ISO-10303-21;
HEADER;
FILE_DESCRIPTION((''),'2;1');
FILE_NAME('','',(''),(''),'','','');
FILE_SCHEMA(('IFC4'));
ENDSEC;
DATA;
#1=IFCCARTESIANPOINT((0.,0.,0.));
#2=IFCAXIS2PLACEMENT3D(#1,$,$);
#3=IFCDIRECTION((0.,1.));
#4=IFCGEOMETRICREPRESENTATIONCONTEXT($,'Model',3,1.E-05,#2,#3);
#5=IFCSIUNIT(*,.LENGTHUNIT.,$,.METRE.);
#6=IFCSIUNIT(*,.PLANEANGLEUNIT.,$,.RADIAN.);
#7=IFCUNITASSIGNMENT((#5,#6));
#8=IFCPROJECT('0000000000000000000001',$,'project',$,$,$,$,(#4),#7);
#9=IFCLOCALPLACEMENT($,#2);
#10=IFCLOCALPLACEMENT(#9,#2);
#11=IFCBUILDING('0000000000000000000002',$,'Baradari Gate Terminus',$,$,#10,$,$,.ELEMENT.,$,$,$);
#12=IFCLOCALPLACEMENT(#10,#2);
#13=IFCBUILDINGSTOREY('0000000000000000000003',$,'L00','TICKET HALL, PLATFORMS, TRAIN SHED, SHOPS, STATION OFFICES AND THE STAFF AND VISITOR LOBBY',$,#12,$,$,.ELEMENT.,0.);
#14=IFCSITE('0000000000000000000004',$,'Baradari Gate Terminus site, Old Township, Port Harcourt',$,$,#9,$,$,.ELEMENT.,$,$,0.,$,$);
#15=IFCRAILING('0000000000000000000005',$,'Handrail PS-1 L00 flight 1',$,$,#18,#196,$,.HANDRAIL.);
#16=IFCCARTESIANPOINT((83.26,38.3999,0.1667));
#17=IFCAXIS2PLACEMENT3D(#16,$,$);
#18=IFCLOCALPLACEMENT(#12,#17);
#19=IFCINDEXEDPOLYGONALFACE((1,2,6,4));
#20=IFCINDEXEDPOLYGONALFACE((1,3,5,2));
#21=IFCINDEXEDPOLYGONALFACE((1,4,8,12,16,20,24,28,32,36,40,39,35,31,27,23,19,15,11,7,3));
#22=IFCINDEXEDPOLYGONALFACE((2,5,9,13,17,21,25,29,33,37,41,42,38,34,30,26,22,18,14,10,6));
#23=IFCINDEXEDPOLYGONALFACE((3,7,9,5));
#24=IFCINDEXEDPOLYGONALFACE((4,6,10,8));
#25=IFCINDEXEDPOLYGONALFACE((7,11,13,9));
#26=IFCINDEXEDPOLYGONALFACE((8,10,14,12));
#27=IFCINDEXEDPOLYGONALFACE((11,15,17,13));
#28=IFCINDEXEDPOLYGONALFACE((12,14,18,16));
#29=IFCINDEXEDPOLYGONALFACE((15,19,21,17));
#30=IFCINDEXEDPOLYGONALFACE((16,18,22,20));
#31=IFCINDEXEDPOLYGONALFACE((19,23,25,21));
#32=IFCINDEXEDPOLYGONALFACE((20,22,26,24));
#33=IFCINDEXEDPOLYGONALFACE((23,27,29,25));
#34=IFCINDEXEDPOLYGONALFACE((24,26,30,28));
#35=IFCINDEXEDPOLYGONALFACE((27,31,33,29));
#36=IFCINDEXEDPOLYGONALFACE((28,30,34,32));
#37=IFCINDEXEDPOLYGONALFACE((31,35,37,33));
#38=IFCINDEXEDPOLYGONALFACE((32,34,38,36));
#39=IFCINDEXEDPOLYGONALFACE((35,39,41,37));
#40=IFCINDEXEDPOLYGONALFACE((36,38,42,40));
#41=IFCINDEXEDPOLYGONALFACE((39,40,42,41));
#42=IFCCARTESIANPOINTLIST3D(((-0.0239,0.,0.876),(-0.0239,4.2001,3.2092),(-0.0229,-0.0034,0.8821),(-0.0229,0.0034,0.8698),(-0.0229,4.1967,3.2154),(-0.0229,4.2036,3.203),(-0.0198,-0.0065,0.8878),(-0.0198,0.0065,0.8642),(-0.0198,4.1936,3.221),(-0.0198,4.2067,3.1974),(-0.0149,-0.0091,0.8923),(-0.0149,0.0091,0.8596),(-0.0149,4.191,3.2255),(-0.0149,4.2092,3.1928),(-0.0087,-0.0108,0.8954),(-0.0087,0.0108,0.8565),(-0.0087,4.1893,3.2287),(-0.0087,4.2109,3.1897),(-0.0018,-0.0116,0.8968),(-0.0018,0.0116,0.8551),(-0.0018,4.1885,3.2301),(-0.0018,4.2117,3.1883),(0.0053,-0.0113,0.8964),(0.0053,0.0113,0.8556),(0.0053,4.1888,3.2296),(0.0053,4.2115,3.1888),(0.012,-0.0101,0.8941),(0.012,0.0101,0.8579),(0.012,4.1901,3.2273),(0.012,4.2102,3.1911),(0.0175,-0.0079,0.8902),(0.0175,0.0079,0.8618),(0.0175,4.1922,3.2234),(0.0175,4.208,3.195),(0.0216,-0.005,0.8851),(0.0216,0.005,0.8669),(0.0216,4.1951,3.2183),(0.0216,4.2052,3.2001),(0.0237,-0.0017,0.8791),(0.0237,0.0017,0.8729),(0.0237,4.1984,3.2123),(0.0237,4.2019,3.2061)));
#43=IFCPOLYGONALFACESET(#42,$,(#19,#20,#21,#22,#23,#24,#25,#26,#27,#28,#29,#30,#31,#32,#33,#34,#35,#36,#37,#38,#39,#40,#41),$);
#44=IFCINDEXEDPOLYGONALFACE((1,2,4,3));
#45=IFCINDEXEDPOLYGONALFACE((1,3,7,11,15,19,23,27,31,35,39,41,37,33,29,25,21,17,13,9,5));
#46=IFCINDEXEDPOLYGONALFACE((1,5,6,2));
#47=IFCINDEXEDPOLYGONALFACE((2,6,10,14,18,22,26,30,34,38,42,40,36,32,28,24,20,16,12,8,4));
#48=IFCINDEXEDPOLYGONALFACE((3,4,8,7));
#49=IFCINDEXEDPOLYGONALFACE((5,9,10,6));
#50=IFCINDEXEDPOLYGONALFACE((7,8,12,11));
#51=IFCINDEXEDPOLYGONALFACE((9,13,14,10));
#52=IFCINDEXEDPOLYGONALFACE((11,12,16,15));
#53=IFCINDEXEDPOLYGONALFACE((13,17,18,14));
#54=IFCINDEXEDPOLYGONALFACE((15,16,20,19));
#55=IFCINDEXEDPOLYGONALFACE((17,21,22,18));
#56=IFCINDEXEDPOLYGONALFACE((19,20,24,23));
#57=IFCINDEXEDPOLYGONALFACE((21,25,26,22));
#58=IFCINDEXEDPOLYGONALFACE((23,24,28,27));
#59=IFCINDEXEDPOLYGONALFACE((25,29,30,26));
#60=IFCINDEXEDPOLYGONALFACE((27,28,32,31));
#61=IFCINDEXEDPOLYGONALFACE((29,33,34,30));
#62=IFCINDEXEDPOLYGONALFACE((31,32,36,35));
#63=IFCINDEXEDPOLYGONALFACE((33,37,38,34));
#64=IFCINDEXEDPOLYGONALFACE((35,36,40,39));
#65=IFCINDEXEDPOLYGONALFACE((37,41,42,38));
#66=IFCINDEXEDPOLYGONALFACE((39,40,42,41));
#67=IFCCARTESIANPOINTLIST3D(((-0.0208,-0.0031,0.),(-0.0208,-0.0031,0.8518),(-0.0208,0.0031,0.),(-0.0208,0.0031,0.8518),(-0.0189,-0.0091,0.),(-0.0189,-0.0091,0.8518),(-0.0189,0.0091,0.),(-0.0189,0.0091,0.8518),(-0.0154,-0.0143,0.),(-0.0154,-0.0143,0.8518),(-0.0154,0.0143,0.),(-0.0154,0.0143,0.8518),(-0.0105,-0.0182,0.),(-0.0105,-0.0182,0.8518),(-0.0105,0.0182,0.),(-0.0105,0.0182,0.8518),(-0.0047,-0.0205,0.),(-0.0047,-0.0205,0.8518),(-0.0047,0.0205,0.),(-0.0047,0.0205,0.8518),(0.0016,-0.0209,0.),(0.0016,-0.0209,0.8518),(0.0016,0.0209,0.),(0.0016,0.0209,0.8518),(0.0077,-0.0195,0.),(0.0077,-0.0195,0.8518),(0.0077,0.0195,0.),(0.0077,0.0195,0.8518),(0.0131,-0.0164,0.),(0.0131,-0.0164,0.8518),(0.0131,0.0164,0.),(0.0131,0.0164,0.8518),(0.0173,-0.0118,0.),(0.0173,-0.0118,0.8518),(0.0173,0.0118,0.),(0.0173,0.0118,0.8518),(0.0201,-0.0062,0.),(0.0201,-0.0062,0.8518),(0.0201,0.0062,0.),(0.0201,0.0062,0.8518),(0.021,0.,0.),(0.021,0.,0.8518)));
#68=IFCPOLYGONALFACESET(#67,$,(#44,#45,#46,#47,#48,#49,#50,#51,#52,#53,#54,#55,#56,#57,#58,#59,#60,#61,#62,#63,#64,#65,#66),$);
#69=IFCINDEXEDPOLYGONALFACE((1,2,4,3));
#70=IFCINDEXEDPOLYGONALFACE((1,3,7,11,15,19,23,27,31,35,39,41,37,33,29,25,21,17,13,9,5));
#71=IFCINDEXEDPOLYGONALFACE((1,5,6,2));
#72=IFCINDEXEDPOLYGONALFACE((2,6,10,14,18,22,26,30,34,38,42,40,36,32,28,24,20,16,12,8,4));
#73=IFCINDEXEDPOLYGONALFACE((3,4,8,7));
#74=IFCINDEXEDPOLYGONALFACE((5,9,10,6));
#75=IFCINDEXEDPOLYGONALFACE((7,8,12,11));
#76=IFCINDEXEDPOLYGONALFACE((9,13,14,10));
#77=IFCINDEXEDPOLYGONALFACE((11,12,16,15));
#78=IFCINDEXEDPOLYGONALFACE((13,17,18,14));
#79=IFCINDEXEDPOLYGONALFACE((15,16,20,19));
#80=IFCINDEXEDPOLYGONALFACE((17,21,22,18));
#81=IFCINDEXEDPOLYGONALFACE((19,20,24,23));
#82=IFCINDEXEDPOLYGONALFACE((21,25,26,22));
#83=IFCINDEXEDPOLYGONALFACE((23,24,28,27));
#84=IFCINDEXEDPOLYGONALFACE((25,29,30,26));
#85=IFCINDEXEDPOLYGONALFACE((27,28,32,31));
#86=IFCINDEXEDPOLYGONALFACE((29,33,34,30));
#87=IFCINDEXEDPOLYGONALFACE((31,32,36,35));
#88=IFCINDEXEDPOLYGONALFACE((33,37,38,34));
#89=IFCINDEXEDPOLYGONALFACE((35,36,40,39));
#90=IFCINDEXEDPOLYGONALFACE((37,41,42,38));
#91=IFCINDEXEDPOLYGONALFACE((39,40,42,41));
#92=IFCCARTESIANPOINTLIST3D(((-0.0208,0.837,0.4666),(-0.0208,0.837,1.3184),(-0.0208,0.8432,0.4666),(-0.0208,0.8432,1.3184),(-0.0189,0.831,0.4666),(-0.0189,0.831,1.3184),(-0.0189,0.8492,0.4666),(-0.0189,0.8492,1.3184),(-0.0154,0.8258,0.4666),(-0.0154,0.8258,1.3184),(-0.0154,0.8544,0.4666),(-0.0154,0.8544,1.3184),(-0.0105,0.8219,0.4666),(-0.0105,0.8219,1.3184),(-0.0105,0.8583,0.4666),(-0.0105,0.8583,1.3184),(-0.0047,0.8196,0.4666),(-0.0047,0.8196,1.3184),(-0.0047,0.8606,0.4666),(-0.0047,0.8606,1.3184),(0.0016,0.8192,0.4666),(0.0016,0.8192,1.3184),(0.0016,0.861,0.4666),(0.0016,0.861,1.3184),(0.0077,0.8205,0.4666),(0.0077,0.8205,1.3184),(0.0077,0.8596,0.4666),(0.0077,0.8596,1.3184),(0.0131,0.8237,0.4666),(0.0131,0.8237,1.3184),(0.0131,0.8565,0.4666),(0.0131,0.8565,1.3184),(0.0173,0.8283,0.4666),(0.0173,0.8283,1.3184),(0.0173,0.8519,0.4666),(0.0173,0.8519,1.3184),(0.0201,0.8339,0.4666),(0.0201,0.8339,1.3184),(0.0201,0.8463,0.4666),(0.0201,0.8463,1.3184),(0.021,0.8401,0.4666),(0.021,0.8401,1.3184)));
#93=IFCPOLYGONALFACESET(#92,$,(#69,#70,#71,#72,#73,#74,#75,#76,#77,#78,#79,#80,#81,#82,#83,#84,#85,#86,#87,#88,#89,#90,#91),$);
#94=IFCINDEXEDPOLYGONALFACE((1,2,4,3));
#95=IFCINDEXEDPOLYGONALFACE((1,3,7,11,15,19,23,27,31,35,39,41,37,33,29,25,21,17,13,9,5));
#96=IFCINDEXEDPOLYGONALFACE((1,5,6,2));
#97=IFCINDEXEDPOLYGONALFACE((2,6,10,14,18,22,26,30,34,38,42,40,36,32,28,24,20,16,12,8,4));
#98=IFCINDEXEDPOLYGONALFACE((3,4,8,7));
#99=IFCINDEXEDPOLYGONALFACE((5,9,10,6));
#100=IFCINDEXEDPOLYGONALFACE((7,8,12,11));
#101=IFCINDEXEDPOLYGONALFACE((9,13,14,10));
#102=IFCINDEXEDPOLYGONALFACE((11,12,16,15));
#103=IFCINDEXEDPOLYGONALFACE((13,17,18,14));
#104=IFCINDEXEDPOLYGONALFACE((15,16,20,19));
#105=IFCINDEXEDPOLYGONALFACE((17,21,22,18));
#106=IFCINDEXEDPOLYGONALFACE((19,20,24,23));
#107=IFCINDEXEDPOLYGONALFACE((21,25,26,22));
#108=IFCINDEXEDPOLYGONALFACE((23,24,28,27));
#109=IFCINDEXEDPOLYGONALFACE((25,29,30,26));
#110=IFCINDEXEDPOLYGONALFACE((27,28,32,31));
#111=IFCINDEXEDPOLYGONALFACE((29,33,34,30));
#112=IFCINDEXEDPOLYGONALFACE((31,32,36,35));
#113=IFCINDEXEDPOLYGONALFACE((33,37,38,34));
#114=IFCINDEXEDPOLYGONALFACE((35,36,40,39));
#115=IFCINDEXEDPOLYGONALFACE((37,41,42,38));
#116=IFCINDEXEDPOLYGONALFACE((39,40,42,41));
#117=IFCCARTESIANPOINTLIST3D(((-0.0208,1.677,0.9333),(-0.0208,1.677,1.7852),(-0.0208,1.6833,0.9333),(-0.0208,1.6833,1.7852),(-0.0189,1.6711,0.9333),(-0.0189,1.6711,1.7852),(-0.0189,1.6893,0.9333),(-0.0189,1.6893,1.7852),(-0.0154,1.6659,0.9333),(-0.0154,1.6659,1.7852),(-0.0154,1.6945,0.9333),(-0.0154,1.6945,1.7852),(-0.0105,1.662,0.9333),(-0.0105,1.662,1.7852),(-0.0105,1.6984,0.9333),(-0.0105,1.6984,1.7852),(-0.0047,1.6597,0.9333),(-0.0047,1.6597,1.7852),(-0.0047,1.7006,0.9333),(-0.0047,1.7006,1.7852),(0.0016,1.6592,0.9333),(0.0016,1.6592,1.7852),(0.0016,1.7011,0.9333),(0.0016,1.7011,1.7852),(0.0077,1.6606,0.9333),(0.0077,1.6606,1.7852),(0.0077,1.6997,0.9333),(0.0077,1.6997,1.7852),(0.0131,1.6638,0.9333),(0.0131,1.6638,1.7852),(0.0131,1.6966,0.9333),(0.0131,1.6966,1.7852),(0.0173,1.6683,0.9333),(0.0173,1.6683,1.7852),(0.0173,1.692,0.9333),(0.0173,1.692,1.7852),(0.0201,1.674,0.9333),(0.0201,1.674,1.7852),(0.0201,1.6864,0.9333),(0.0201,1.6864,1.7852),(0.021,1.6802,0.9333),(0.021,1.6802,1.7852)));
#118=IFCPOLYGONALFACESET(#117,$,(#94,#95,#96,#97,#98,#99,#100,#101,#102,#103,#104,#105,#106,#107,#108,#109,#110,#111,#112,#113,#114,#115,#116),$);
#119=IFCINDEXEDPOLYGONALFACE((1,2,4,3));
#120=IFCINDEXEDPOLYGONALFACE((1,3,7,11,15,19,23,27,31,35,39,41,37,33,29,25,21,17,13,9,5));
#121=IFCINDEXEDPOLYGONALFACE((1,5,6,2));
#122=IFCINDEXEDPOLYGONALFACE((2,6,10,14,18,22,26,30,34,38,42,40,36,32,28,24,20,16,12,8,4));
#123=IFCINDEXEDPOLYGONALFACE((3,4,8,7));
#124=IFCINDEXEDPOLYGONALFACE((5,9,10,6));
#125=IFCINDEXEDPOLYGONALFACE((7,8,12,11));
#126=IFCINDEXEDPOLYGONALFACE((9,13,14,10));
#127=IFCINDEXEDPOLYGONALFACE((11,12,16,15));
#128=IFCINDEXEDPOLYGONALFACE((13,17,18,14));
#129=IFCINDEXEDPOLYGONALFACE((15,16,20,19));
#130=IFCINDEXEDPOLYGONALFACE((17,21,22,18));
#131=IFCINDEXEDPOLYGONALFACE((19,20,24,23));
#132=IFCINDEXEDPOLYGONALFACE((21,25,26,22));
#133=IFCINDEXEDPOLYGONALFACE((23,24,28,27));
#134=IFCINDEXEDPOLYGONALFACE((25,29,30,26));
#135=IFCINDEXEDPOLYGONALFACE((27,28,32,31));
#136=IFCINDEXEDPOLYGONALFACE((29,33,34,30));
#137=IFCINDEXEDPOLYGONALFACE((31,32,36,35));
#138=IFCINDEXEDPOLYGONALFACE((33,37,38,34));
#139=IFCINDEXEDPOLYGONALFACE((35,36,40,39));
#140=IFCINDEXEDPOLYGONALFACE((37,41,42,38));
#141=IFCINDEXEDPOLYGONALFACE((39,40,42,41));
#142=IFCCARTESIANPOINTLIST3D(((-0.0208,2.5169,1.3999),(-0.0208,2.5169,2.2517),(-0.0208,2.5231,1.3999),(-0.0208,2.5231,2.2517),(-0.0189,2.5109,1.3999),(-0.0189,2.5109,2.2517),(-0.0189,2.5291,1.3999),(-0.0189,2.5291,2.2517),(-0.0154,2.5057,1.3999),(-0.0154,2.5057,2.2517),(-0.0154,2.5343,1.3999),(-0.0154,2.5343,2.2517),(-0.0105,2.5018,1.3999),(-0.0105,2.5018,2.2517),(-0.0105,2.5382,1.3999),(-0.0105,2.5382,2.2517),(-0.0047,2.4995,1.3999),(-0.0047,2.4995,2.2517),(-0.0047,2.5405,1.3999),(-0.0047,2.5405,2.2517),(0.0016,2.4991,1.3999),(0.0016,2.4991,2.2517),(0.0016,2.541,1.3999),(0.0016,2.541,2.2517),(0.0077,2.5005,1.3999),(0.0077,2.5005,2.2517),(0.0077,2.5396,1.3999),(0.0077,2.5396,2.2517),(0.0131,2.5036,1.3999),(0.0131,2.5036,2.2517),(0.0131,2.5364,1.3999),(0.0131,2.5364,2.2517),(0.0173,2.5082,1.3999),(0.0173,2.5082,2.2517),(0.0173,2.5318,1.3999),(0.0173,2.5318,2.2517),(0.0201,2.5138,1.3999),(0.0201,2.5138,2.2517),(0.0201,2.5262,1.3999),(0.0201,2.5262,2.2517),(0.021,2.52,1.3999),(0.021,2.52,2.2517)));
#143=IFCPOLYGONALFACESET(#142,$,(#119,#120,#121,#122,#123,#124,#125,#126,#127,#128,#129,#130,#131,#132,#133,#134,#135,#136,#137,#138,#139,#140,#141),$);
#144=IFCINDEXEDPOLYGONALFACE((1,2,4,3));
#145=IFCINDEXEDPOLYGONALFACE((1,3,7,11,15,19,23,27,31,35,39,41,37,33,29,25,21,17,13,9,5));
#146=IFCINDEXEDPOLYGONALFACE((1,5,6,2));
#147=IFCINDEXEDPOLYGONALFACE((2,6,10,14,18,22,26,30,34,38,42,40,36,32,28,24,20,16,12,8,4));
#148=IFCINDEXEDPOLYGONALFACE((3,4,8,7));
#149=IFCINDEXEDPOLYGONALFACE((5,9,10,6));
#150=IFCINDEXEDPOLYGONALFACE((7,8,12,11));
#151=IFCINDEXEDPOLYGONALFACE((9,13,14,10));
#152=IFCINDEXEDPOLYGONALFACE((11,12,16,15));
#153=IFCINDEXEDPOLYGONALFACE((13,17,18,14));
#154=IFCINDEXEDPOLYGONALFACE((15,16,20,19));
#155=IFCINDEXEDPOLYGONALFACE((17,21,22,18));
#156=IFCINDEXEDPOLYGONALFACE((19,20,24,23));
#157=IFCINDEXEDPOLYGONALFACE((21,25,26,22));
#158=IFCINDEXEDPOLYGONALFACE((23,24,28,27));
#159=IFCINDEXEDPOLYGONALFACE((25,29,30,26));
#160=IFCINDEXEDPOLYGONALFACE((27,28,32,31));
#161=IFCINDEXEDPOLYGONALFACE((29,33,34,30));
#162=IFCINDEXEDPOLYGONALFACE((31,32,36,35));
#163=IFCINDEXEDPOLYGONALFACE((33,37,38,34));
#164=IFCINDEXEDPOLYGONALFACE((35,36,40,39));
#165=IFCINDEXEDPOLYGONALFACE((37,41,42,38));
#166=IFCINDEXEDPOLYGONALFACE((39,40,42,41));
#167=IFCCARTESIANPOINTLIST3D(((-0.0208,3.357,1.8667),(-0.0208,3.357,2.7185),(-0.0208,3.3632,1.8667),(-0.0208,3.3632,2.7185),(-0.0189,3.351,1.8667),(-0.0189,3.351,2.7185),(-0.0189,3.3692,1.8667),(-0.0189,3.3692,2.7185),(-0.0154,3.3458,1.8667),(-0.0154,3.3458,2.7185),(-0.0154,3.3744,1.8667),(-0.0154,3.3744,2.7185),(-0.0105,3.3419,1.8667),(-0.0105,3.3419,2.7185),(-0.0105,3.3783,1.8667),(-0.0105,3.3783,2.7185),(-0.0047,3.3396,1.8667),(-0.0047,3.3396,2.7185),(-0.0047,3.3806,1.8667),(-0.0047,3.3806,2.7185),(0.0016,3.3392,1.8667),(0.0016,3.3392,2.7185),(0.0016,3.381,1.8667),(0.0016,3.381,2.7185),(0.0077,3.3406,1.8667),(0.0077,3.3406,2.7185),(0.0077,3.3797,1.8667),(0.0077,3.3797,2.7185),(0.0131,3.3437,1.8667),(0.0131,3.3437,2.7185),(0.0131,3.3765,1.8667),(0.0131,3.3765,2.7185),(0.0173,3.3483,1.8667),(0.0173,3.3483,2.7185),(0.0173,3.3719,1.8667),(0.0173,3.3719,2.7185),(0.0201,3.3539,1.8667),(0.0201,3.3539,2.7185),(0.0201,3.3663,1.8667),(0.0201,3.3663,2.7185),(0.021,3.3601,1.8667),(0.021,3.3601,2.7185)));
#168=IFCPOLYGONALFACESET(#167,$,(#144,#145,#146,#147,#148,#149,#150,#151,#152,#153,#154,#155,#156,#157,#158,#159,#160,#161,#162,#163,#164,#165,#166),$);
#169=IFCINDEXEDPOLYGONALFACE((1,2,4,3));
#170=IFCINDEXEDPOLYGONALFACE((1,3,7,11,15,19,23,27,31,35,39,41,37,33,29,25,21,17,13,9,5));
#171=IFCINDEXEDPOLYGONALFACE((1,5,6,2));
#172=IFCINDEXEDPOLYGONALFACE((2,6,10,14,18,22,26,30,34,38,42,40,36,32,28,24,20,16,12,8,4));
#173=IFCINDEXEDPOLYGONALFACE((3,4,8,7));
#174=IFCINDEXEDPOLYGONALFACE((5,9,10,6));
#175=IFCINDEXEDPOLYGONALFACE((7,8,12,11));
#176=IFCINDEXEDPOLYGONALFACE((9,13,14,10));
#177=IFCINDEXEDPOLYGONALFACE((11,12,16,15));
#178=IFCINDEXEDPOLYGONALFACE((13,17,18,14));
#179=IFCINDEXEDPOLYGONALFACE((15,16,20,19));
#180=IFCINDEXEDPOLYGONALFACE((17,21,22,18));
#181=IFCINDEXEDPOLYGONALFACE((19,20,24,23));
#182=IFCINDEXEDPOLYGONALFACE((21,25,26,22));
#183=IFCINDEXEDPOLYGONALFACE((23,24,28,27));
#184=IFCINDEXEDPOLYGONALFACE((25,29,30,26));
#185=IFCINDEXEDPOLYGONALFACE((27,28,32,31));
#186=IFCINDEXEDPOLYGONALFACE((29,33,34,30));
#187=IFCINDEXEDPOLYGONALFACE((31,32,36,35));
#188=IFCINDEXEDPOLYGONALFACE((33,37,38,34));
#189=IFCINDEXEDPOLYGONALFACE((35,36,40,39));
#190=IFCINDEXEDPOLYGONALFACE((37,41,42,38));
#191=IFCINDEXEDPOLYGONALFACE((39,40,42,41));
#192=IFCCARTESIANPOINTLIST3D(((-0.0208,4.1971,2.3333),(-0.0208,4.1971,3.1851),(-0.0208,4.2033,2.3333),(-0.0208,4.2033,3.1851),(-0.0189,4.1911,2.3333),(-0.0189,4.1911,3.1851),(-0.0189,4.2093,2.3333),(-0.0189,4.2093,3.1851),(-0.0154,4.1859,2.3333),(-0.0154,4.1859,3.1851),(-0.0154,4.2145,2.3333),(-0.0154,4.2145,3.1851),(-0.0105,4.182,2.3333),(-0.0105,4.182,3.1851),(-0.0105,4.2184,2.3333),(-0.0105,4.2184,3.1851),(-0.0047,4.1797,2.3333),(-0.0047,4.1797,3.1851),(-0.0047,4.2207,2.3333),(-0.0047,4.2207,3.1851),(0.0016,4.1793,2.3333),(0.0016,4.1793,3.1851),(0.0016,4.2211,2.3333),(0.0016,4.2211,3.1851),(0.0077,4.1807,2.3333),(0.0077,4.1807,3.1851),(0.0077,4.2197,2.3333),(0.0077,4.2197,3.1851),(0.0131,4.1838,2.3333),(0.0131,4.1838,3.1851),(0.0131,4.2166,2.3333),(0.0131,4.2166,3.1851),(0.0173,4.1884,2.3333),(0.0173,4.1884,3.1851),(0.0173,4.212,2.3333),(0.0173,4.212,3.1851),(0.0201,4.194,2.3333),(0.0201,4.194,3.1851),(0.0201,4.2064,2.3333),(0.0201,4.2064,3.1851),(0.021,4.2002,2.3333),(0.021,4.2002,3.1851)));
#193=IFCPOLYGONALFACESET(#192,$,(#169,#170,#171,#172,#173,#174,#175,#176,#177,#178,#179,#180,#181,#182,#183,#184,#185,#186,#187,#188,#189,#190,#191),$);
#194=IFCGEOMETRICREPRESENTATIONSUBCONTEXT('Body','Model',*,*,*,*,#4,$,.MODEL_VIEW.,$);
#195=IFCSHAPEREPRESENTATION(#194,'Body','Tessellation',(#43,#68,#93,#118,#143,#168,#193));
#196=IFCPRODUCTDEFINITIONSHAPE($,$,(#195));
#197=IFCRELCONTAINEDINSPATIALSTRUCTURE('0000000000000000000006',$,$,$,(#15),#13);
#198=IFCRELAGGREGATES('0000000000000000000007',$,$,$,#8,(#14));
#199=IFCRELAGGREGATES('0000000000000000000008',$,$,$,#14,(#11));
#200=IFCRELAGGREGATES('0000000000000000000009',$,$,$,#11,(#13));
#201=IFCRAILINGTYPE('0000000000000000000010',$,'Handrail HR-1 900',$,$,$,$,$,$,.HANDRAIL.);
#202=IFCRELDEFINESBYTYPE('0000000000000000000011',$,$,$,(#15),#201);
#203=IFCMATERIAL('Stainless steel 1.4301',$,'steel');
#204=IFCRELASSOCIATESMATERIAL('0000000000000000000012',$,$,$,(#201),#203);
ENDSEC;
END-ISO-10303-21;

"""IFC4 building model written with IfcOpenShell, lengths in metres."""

from ifc_helpers import new_model, si_unit, direction, frame, origin, origin_2d, place, context, subcontext, project, spatial, circle, extrude, material, type_object, element, save


model = new_model("IFC4")

# Units and contexts
model_context = context("Model", 3, precision=1e-05, world=origin(), true_north=direction((0.0, 1.0)))
body_context = subcontext(model_context, "Body", "Model", "MODEL_VIEW")
ifc_project = project(units=[si_unit("LENGTHUNIT", "METRE"), si_unit("PLANEANGLEUNIT", "RADIAN")], contexts=[model_context])

# Site, building, storey
site_placement = place(None, origin())
site = spatial("IfcSite", under=ifc_project, at=site_placement, Name="Baradari Gate Terminus site, Old Township, Port Harcourt", CompositionType="ELEMENT", RefElevation=0.0)
building_placement = place(site_placement, origin())
building = spatial("IfcBuilding", under=site, at=building_placement, Name="Baradari Gate Terminus", CompositionType="ELEMENT")
storey_placement = place(building_placement, origin())
storey = spatial("IfcBuildingStorey", under=building, at=storey_placement, Name="L00", Description="TICKET HALL, PLATFORMS, TRAIN SHED, SHOPS, STATION OFFICES AND THE STAFF AND VISITOR LOBBY", CompositionType="ELEMENT", Elevation=0.0)

# Railing
ifc_material_1 = material(Name="Stainless steel 1.4301", Category="steel")
railing_type_1 = type_object("IfcRailingType", Name="Handrail HR-1 900", PredefinedType="HANDRAIL", material=ifc_material_1)
railing_1_placement = place(storey_placement, frame((83.26, 38.3999, 0.1667)))
element("IfcRailing", 1, at=railing_1_placement, inside=storey, type_object=railing_type_1, Name="Handrail PS-1 L00 flight 1", PredefinedType="HANDRAIL", context=body_context, shape_type="SweptSolid", body=[
    extrude(circle(Radius=0.0239, at=origin_2d()), frame((0.0, 0.0, 0.876), z_axis=(0.0, 0.874174, 0.485613), x_axis=(-1.0, 0.0, 0.0)), (0.0, 0.0, 1.0), 4.8047),
    extrude(circle(Radius=0.021, at=origin_2d()), origin(), (0.0, 0.0, 1.0), 0.8518),
    extrude(circle(Radius=0.021, at=origin_2d()), frame((0.0, 0.8401, 0.4666)), (0.0, 0.0, 1.0), 0.8518),
    extrude(circle(Radius=0.021, at=origin_2d()), frame((0.0, 1.6802, 0.9333)), (0.0, 0.0, 1.0), 0.8518),
    extrude(circle(Radius=0.021, at=origin_2d()), frame((0.0, 2.52, 1.3999)), (0.0, 0.0, 1.0), 0.8518),
    extrude(circle(Radius=0.021, at=origin_2d()), frame((0.0, 3.3601, 1.8667)), (0.0, 0.0, 1.0), 0.8518),
    extrude(circle(Radius=0.021, at=origin_2d()), frame((0.0, 4.2002, 2.3333)), (0.0, 0.0, 1.0), 0.8518),
])

save(model, "model.ifc")
